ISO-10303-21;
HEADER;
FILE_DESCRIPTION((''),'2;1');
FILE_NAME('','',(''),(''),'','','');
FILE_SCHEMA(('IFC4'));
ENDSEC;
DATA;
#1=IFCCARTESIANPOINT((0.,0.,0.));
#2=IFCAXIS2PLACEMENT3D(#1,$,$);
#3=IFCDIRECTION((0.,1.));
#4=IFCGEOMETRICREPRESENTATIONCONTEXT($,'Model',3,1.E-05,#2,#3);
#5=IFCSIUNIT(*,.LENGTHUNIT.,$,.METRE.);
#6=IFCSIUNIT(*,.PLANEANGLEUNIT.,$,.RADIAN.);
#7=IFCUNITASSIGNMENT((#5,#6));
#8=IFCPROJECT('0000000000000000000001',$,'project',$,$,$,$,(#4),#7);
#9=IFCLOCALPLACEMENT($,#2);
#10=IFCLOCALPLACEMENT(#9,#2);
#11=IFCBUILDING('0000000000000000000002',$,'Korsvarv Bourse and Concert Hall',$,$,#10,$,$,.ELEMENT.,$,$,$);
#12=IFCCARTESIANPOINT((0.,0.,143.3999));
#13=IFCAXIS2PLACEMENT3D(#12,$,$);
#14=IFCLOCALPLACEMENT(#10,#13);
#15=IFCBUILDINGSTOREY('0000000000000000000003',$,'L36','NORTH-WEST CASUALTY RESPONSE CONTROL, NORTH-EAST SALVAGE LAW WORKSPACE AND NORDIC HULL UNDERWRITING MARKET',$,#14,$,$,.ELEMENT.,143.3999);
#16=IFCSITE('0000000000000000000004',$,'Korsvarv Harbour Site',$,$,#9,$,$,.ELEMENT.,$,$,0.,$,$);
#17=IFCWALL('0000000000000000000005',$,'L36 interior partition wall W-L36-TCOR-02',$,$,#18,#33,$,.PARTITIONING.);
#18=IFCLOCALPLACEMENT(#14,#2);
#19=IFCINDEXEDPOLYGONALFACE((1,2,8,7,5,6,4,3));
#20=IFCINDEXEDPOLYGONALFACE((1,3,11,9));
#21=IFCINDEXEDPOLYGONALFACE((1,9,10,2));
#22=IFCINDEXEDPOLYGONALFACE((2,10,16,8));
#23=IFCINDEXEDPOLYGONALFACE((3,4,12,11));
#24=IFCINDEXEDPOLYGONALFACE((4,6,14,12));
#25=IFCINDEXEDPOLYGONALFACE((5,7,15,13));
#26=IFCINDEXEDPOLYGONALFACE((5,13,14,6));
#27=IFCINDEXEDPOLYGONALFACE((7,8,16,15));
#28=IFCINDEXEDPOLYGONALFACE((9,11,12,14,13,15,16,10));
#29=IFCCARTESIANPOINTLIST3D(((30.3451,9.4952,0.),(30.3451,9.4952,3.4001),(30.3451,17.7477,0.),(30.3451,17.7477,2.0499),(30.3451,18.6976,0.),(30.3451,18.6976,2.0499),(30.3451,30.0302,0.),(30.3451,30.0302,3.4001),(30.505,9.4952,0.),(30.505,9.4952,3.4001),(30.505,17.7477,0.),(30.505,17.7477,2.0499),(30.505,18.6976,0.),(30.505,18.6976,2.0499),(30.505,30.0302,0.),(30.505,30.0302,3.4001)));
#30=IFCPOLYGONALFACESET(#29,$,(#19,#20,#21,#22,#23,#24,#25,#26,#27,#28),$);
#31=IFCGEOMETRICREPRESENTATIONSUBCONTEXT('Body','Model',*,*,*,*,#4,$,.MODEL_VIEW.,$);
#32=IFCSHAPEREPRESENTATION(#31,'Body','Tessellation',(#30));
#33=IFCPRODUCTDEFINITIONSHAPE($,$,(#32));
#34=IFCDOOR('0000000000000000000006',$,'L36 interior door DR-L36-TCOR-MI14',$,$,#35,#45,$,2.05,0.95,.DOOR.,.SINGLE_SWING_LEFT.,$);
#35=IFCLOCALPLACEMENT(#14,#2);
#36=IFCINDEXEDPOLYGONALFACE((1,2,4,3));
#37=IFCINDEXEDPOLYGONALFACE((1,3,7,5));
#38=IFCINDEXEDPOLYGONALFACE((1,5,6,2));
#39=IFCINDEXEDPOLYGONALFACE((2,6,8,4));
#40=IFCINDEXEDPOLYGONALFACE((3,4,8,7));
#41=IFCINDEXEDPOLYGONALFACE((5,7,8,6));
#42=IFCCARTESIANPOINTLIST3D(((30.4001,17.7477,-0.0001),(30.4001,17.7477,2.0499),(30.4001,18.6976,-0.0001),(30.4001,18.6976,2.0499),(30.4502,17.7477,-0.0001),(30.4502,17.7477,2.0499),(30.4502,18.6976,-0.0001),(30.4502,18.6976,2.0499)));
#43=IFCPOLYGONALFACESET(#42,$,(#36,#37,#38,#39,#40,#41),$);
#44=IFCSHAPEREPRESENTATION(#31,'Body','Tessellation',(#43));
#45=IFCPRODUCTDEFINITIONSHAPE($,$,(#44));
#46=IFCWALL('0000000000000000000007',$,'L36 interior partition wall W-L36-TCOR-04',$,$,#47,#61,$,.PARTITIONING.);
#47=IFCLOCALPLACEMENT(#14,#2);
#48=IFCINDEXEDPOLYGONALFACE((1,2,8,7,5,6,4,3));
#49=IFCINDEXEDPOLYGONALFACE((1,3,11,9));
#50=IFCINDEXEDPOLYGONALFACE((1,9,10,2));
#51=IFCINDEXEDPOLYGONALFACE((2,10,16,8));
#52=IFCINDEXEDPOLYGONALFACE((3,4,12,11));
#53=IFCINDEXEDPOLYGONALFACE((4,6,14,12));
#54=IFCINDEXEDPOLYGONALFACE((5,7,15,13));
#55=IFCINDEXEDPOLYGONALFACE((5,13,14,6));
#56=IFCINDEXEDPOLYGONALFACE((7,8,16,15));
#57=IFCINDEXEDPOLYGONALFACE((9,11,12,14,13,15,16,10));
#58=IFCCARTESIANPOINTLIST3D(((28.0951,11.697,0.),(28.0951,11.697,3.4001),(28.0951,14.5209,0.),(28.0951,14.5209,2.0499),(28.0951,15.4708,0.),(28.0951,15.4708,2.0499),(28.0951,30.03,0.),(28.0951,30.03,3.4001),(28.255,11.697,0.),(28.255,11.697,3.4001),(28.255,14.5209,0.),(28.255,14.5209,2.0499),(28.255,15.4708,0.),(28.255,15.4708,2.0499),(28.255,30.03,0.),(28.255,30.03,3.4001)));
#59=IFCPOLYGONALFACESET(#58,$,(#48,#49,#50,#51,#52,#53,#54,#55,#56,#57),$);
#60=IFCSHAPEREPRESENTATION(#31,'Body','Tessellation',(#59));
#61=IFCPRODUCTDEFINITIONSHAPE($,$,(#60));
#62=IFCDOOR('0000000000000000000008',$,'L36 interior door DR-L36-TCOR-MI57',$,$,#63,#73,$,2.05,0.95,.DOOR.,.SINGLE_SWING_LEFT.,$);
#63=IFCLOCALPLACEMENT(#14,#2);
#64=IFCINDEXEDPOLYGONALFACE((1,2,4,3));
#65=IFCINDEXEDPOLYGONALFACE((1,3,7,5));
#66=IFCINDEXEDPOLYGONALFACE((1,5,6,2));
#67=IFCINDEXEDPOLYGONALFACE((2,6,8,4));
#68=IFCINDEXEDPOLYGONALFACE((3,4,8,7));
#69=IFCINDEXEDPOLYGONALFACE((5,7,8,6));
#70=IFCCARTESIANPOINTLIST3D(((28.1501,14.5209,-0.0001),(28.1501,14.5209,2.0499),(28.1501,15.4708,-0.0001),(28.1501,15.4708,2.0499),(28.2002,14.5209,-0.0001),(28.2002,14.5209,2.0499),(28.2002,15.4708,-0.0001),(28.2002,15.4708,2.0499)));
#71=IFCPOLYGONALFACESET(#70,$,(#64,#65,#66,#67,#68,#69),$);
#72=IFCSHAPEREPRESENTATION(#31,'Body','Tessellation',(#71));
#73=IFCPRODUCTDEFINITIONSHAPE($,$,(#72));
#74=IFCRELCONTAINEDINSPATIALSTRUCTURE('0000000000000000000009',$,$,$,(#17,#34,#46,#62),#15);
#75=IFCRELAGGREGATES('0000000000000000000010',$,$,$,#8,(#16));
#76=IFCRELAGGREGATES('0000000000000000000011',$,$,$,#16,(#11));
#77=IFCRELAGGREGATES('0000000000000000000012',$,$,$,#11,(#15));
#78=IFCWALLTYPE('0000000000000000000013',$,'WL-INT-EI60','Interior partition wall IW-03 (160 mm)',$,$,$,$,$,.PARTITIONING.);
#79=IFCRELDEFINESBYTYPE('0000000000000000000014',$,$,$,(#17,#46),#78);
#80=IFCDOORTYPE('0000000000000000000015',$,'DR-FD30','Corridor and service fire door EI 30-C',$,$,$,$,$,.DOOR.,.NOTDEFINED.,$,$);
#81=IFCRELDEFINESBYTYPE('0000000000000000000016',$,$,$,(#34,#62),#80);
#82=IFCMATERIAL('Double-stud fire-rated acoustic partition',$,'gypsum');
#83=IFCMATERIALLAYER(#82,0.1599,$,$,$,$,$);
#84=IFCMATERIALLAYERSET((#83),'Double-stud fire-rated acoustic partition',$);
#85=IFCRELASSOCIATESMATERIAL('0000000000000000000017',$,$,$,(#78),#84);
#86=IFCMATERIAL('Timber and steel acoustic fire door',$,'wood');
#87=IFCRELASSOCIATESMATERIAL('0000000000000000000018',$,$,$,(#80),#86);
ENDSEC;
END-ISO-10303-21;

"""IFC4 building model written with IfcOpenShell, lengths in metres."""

from ifc_helpers import new_model, si_unit, direction, frame, frame_2d, origin, place, context, subcontext, project, spatial, rectangle, extrude, material, layer, layer_set, type_object, element, fill, save


model = new_model("IFC4")

# Units and contexts
model_context = context("Model", 3, precision=1e-05, world=origin(), true_north=direction((0.0, 1.0)))
body_context = subcontext(model_context, "Body", "Model", "MODEL_VIEW")
ifc_project = project(units=[si_unit("LENGTHUNIT", "METRE"), si_unit("PLANEANGLEUNIT", "RADIAN")], contexts=[model_context])

# Site, building, storey
site_placement = place(None, origin())
site = spatial("IfcSite", under=ifc_project, at=site_placement, Name="Korsvarv Harbour Site", CompositionType="ELEMENT", RefElevation=0.0)
building_placement = place(site_placement, origin())
building = spatial("IfcBuilding", under=site, at=building_placement, Name="Korsvarv Bourse and Concert Hall", CompositionType="ELEMENT")
storey_placement = place(building_placement, frame((0.0, 0.0, 143.3999)))
storey = spatial("IfcBuildingStorey", under=building, at=storey_placement, Name="L36", Description="NORTH-WEST CASUALTY RESPONSE CONTROL, NORTH-EAST SALVAGE LAW WORKSPACE AND NORDIC HULL UNDERWRITING MARKET", CompositionType="ELEMENT", Elevation=143.3999)

# Walls, openings, doors
ifc_material_1 = material(Name="Double-stud fire-rated acoustic partition", Category="gypsum")
ifc_layer_1 = layer(ifc_material_1, 0.1599)
ifc_layer_set_1 = layer_set([ifc_layer_1], Name="Double-stud fire-rated acoustic partition")
wall_type_1 = type_object("IfcWallType", Name="WL-INT-EI60", Description="Interior partition wall IW-03 (160 mm)", PredefinedType="PARTITIONING", material=ifc_layer_set_1)
wall_1_placement = place(storey_placement, frame((30.425, 9.4951, 0.0), z_axis=(0.0, 0.0, 1.0), x_axis=(0.0, 1.0, 0.0)))
wall_1 = element("IfcWall", 1, at=wall_1_placement, inside=storey, type_object=wall_type_1, Name="L36 interior partition wall W-L36-TCOR-02", PredefinedType="PARTITIONING", context=body_context, shape_type="SweptSolid", body=[
    extrude(rectangle(XDim=20.5349, YDim=0.1599, at=frame_2d((10.2676, 0.0))), origin(), (0.0, 0.0, 1.0), 3.4001),
])
opening_1_placement = place(wall_1_placement, frame((8.2524, 0.0, 0.0)))
opening_1 = element("IfcOpeningElement", 2, at=opening_1_placement, cuts=wall_1, PredefinedType="OPENING", context=body_context, shape_type="SweptSolid", body=[
    extrude(rectangle(XDim=0.95, YDim=2.05, at=frame_2d((0.4751, 1.0249))), frame((0.0, 0.0898, 0.0), z_axis=(0.0, -1.0, 0.0), x_axis=(1.0, 0.0, 0.0)), (0.0, 0.0, 1.0), 0.1799),
])
ifc_material_2 = material(Name="Timber and steel acoustic fire door", Category="wood")
door_type = type_object("IfcDoorType", Name="DR-FD30", Description="Corridor and service fire door EI 30-C", OperationType="NOTDEFINED", PredefinedType="DOOR", material=ifc_material_2)
door_1_placement = place(opening_1_placement, origin())
door_1 = element("IfcDoor", 3, at=door_1_placement, inside=storey, type_object=door_type, Name="L36 interior door DR-L36-TCOR-MI14", OperationType="SINGLE_SWING_LEFT", OverallHeight=2.05, OverallWidth=0.95, PredefinedType="DOOR", context=body_context, shape_type="SweptSolid", body=[
    extrude(rectangle(XDim=0.95, YDim=2.05, at=frame_2d((0.4751, 1.0249))), frame((0.0, 0.0249, 0.0), z_axis=(0.0, -1.0, 0.0), x_axis=(1.0, 0.0, 0.0)), (0.0, 0.0, 1.0), 0.05),
])
fill(opening_1, door_1)
wall_2_placement = place(storey_placement, frame((28.175, 11.697, 0.0), z_axis=(0.0, 0.0, 1.0), x_axis=(0.0, 1.0, 0.0)))
wall_2 = element("IfcWall", 4, at=wall_2_placement, inside=storey, type_object=wall_type_1, Name="L36 interior partition wall W-L36-TCOR-04", PredefinedType="PARTITIONING", context=body_context, shape_type="SweptSolid", body=[
    extrude(rectangle(XDim=18.333, YDim=0.1599, at=frame_2d((9.1665, 0.0))), origin(), (0.0, 0.0, 1.0), 3.4001),
])
opening_2_placement = place(wall_2_placement, frame((2.8237, 0.0, 0.0)))
opening_2 = element("IfcOpeningElement", 5, at=opening_2_placement, cuts=wall_2, PredefinedType="OPENING", context=body_context, shape_type="SweptSolid", body=[
    extrude(rectangle(XDim=0.95, YDim=2.05, at=frame_2d((0.4751, 1.0249))), frame((0.0, 0.0898, 0.0), z_axis=(0.0, -1.0, 0.0), x_axis=(1.0, 0.0, 0.0)), (0.0, 0.0, 1.0), 0.1799),
])
door_2_placement = place(opening_2_placement, origin())
door_2 = element("IfcDoor", 6, at=door_2_placement, inside=storey, type_object=door_type, Name="L36 interior door DR-L36-TCOR-MI57", OperationType="SINGLE_SWING_LEFT", OverallHeight=2.05, OverallWidth=0.95, PredefinedType="DOOR", context=body_context, shape_type="SweptSolid", body=[
    extrude(rectangle(XDim=0.95, YDim=2.05, at=frame_2d((0.4751, 1.0249))), frame((0.0, 0.0249, 0.0), z_axis=(0.0, -1.0, 0.0), x_axis=(1.0, 0.0, 0.0)), (0.0, 0.0, 1.0), 0.05),
])
fill(opening_2, door_2)

save(model, "model.ifc")
